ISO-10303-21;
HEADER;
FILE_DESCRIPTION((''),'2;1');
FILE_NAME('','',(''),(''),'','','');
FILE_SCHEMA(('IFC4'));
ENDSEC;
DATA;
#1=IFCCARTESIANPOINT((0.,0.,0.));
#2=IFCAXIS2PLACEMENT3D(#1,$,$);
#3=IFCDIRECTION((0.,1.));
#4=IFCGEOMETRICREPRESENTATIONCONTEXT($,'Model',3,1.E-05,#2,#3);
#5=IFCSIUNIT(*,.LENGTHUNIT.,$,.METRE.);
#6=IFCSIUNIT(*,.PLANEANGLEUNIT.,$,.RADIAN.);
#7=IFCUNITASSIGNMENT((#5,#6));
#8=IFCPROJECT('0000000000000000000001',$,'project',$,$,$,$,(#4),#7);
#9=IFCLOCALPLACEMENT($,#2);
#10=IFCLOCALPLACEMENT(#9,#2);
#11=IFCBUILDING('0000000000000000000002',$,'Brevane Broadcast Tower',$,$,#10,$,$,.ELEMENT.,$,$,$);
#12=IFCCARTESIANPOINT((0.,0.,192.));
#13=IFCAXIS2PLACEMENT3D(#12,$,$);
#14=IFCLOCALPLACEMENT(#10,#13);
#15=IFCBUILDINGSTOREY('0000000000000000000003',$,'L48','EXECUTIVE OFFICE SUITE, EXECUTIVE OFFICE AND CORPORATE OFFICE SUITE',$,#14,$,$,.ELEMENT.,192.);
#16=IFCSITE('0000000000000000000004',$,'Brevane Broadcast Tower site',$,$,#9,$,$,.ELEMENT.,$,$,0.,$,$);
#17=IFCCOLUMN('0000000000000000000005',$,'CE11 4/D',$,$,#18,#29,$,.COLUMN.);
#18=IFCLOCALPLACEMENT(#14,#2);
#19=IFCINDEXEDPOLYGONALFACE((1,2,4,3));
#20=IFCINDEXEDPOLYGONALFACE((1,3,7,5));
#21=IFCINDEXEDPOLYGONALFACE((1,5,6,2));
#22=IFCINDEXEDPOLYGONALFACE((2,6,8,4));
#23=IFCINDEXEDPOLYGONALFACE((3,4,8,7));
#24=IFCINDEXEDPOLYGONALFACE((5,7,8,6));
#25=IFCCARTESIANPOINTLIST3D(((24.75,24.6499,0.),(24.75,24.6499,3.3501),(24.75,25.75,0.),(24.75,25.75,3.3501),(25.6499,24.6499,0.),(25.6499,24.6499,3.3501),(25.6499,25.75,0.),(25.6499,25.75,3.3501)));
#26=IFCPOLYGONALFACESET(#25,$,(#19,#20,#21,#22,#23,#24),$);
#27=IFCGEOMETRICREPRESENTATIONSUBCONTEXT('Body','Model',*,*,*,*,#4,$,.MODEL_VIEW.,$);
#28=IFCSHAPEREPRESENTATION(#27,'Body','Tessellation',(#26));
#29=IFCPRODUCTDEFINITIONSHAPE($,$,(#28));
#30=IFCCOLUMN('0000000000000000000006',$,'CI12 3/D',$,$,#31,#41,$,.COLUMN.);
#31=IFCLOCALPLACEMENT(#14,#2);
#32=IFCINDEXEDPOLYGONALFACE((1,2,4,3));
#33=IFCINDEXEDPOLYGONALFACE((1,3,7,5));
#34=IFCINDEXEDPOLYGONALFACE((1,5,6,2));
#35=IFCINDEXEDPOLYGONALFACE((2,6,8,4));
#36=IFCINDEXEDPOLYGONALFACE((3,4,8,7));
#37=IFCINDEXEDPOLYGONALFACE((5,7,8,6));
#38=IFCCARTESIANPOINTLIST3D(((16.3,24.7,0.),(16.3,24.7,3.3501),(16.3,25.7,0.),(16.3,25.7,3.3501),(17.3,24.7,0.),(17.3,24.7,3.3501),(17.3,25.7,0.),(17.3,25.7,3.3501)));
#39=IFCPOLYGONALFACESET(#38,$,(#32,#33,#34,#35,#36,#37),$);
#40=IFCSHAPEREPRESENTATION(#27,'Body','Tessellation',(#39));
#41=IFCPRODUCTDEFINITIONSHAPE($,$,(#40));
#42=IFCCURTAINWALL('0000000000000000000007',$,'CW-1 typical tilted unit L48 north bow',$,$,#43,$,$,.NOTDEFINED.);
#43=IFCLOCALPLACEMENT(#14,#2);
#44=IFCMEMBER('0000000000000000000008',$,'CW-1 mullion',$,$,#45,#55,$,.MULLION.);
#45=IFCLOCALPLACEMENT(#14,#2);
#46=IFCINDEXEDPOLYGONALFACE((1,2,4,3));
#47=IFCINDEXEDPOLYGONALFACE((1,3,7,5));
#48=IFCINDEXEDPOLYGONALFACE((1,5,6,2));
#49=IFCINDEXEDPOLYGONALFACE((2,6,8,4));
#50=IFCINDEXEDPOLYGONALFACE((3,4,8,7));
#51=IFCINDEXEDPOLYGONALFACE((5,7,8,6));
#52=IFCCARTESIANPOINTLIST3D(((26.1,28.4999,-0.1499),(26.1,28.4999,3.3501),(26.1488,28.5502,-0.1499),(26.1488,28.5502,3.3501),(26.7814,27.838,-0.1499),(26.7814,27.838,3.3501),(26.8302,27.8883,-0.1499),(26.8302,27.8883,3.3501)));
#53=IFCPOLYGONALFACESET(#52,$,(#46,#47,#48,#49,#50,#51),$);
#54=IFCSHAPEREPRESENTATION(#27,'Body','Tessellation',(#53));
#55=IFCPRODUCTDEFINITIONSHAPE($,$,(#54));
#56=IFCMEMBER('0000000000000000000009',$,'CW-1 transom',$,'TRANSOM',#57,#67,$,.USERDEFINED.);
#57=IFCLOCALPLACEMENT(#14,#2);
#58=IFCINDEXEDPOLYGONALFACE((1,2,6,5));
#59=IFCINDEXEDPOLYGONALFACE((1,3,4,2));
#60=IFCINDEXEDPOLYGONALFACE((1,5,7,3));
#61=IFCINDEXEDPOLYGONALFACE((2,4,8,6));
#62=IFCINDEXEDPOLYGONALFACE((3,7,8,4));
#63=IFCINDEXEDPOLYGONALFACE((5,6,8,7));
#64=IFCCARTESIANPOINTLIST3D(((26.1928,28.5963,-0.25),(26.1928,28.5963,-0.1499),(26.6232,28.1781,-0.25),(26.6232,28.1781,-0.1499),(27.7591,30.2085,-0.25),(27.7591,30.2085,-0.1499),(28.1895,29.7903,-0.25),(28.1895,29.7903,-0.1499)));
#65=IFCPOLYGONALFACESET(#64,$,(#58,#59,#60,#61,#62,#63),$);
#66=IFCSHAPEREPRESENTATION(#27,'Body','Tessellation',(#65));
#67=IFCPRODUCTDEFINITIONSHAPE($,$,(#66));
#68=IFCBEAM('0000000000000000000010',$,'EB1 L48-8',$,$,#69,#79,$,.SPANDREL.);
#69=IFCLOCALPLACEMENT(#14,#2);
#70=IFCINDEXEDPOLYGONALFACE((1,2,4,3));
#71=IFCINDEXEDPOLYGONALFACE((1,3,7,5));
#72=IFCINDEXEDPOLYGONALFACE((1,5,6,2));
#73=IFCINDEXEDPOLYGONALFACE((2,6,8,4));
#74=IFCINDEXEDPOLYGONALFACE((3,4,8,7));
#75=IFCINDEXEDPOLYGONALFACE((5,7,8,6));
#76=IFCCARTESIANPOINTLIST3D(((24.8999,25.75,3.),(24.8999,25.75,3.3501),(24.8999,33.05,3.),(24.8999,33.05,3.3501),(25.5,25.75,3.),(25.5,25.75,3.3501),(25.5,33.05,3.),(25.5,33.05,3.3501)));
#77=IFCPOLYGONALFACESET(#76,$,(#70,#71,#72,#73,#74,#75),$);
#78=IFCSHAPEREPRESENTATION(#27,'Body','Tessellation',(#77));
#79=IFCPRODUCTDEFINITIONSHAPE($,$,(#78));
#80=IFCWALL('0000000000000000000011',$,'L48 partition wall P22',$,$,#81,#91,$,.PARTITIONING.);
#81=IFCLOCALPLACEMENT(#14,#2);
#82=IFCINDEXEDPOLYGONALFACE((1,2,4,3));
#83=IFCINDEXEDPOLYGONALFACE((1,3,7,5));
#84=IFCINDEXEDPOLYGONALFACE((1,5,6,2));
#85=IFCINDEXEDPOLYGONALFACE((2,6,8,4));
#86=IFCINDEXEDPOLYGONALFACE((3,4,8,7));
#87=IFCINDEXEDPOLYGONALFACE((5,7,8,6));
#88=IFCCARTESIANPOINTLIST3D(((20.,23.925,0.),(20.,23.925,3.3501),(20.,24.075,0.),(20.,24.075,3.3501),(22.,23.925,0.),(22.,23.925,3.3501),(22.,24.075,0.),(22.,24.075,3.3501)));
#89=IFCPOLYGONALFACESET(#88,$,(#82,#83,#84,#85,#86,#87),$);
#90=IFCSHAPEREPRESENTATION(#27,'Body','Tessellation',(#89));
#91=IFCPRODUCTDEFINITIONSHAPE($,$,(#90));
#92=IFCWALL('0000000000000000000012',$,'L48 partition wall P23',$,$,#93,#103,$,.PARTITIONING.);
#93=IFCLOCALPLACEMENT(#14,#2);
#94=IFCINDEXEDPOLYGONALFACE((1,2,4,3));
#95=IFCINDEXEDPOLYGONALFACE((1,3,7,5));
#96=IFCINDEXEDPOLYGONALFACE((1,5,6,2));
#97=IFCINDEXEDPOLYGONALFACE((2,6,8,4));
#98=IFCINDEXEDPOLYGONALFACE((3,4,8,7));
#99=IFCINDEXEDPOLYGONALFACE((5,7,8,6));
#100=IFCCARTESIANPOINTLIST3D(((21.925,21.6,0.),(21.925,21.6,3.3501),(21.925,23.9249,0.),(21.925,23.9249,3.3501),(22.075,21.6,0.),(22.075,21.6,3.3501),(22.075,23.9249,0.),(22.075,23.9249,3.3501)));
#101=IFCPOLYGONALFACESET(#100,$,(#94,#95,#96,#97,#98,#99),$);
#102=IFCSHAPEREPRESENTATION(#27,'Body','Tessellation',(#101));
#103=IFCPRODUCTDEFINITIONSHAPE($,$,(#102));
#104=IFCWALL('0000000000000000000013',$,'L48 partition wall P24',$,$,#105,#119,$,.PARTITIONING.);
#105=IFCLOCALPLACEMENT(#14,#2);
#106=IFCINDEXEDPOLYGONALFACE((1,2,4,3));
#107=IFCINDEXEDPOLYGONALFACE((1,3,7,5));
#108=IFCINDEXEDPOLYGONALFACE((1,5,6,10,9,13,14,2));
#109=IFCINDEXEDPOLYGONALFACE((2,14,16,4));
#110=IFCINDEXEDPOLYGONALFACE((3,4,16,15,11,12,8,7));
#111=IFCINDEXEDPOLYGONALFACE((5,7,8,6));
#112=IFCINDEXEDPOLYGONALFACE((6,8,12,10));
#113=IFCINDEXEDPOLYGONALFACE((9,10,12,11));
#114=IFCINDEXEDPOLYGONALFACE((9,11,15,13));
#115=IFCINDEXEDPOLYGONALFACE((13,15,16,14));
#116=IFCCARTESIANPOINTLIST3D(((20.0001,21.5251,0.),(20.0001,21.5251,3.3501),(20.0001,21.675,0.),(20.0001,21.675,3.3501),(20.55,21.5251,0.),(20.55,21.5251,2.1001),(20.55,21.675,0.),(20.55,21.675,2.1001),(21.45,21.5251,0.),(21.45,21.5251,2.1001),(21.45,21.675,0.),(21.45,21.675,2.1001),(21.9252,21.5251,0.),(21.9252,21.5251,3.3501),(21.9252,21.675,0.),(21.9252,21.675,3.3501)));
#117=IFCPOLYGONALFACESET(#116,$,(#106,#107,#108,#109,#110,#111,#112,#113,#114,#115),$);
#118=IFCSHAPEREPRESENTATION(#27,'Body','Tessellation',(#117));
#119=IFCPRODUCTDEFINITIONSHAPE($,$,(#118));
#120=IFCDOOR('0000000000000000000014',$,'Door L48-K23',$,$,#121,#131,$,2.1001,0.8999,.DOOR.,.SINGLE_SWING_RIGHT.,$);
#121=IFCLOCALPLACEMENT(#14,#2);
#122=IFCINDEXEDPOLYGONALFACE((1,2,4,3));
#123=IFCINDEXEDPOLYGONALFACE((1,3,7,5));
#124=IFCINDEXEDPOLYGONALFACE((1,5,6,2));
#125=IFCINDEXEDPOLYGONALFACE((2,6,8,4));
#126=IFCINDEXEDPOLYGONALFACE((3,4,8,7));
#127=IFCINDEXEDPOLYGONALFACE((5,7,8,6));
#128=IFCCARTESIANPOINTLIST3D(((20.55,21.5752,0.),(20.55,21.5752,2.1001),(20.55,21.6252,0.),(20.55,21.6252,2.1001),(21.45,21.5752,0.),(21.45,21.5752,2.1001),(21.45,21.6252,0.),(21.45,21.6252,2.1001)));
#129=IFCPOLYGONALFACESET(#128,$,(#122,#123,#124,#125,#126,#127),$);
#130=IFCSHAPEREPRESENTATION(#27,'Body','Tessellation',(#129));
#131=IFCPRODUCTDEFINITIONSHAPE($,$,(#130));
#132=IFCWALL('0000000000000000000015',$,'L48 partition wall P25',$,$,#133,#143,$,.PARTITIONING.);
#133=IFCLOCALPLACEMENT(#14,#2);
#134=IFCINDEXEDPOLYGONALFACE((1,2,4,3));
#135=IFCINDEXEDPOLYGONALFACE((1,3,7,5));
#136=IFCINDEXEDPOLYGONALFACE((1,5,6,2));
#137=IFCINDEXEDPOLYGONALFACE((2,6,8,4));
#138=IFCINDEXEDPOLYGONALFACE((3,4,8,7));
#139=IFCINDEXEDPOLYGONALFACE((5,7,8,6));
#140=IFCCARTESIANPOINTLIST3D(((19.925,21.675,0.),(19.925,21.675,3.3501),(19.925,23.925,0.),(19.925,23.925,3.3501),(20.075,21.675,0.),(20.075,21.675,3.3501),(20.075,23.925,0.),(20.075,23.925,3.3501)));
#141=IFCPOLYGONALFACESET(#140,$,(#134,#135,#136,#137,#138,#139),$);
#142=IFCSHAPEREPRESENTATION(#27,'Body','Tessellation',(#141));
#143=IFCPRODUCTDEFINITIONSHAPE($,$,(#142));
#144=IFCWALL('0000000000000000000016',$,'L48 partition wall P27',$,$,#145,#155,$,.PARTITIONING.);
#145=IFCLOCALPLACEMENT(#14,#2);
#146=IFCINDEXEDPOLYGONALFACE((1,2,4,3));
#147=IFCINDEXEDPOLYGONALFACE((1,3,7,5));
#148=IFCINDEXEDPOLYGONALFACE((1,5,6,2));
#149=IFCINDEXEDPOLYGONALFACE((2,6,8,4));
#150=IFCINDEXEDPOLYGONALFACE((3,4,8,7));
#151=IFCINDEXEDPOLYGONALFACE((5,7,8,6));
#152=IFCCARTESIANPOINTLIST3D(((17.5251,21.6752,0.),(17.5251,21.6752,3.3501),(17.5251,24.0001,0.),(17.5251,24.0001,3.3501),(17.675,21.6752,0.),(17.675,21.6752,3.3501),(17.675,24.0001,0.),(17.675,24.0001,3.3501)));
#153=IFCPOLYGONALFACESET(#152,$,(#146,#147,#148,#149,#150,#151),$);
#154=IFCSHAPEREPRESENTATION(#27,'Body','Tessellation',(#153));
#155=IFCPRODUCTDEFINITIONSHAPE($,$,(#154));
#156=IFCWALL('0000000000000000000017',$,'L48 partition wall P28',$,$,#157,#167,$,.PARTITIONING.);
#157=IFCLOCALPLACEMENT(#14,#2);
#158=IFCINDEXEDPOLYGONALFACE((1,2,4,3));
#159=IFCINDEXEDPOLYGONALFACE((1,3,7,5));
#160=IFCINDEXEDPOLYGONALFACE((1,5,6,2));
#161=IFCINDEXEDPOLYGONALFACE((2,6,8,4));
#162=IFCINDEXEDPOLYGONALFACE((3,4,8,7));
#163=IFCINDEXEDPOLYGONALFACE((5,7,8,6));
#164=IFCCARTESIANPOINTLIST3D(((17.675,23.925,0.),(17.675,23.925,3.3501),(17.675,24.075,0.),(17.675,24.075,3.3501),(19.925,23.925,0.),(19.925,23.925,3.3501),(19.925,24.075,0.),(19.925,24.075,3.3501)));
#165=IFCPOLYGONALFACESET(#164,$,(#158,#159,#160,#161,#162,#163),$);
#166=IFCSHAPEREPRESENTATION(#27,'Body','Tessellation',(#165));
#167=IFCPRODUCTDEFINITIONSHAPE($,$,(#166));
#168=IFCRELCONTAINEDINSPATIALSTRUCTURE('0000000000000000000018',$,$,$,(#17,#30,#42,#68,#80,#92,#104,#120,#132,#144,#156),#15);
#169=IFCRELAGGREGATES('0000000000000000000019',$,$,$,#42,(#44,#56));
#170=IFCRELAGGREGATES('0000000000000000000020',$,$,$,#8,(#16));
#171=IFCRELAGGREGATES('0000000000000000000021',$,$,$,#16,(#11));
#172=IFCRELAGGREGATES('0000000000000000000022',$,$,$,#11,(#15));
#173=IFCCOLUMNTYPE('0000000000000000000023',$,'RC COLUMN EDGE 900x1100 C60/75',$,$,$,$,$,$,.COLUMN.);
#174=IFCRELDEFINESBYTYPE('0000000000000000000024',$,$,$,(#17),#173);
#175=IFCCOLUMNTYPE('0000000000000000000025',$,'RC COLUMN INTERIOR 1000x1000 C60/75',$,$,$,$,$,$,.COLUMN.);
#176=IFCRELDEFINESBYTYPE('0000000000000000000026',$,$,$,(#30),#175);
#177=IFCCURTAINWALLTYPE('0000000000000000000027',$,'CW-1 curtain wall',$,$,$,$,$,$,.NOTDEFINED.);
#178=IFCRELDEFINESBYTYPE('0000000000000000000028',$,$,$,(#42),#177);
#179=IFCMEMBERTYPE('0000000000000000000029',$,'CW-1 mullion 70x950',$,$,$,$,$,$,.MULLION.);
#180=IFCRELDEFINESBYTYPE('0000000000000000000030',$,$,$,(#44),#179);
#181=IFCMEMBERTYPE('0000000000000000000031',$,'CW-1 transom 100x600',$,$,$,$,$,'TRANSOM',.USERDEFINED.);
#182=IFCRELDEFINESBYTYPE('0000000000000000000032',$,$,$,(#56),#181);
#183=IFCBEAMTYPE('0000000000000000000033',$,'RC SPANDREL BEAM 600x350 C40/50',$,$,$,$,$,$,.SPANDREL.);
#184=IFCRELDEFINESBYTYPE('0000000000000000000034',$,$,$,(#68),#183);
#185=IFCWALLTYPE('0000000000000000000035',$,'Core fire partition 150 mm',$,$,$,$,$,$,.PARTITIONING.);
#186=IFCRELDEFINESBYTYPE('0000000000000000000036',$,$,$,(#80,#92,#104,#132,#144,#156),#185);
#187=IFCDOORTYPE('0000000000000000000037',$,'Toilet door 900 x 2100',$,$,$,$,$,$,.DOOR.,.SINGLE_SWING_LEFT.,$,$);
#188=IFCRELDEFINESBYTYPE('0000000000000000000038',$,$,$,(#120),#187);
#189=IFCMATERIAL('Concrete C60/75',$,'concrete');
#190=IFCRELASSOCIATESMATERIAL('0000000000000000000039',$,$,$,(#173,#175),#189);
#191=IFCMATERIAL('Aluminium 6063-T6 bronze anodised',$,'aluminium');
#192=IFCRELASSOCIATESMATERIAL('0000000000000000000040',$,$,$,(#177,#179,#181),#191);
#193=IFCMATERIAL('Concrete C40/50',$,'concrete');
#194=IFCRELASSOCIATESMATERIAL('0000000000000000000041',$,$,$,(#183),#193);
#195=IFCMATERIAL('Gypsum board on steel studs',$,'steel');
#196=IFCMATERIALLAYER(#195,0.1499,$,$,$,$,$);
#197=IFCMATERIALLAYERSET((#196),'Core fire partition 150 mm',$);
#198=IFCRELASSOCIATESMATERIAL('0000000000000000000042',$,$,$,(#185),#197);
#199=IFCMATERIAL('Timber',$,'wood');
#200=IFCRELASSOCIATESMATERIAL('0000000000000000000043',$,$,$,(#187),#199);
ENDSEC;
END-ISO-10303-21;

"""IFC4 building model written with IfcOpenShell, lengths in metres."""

from ifc_helpers import new_model, si_unit, direction, frame, frame_2d, origin, origin_2d, place, context, subcontext, project, spatial, rectangle, extrude, material, layer, layer_set, material_profile, profile_set, type_object, element, fill, aggregate, save


model = new_model("IFC4")

# Units and contexts
model_context = context("Model", 3, precision=1e-05, world=origin(), true_north=direction((0.0, 1.0)))
body_context = subcontext(model_context, "Body", "Model", "MODEL_VIEW")
ifc_project = project(units=[si_unit("LENGTHUNIT", "METRE"), si_unit("PLANEANGLEUNIT", "RADIAN")], contexts=[model_context])

# Site, building, storey
site_placement = place(None, origin())
site = spatial("IfcSite", under=ifc_project, at=site_placement, Name="Brevane Broadcast Tower site", CompositionType="ELEMENT", RefElevation=0.0)
building_placement = place(site_placement, origin())
building = spatial("IfcBuilding", under=site, at=building_placement, Name="Brevane Broadcast Tower", CompositionType="ELEMENT")
storey_placement = place(building_placement, frame((0.0, 0.0, 192.0)))
storey = spatial("IfcBuildingStorey", under=building, at=storey_placement, Name="L48", Description="EXECUTIVE OFFICE SUITE, EXECUTIVE OFFICE AND CORPORATE OFFICE SUITE", CompositionType="ELEMENT", Elevation=192.0)

# Columns
ifc_material_1 = material(Name="Concrete C60/75", Category="concrete")
ifc_material_profile_1 = material_profile(ifc_material_1, rectangle(XDim=0.8999, YDim=1.1001, at=origin_2d()), Name="RC 900x1100")
ifc_profile_set_1 = profile_set([ifc_material_profile_1], Name="Concrete C60/75")
column_type_1 = type_object("IfcColumnType", Name="RC COLUMN EDGE 900x1100 C60/75", PredefinedType="COLUMN", material=ifc_profile_set_1)
column_1_placement = place(storey_placement, frame((25.2, 25.2, 0.0), z_axis=(0.0, 0.0, 1.0), x_axis=(1.0, 0.0, 0.0)))
element("IfcColumn", 1, at=column_1_placement, inside=storey, type_object=column_type_1, Name="CE11 4/D", PredefinedType="COLUMN", context=body_context, shape_type="SweptSolid", body=[
    extrude(rectangle(XDim=0.8999, YDim=1.1001, at=origin_2d()), origin(), (0.0, 0.0, 1.0), 3.3501),
])
ifc_material_profile_2 = material_profile(ifc_material_1, rectangle(XDim=1.0, YDim=1.0, at=origin_2d()), Name="RC 1000x1000")
ifc_profile_set_2 = profile_set([ifc_material_profile_2], Name="Concrete C60/75")
column_type_2 = type_object("IfcColumnType", Name="RC COLUMN INTERIOR 1000x1000 C60/75", PredefinedType="COLUMN", material=ifc_profile_set_2)
column_2_placement = place(storey_placement, frame((16.8, 25.2, 0.0), z_axis=(0.0, 0.0, 1.0), x_axis=(1.0, 0.0, 0.0)))
element("IfcColumn", 2, at=column_2_placement, inside=storey, type_object=column_type_2, Name="CI12 3/D", PredefinedType="COLUMN", context=body_context, shape_type="SweptSolid", body=[
    extrude(rectangle(XDim=1.0, YDim=1.0, at=origin_2d()), origin(), (0.0, 0.0, 1.0), 3.3501),
])

# Curtain wall, members
ifc_material_2 = material(Name="Aluminium 6063-T6 bronze anodised", Category="aluminium")
curtain_wall_type = type_object("IfcCurtainWallType", Name="CW-1 curtain wall", PredefinedType="NOTDEFINED", material=ifc_material_2)
curtain_wall_placement = place(storey_placement, origin())
curtain_wall = element("IfcCurtainWall", 3, at=curtain_wall_placement, inside=storey, type_object=curtain_wall_type, Name="CW-1 typical tilted unit L48 north bow", PredefinedType="NOTDEFINED")
ifc_material_profile_3 = material_profile(ifc_material_2, rectangle(XDim=0.95, YDim=0.0701, at=origin_2d()), Name="RECT 70x950")
ifc_profile_set_3 = profile_set([ifc_material_profile_3], Name="Aluminium 6063-T6 bronze anodised")
member_type_1 = type_object("IfcMemberType", Name="CW-1 mullion 70x950", PredefinedType="MULLION", material=ifc_profile_set_3)
member_1_placement = place(storey_placement, frame((26.4651, 28.1941, -0.1499), z_axis=(0.0, 0.0, 1.0), x_axis=(-0.717254, 0.696812, 0.0)))
member_1 = element("IfcMember", 4, at=member_1_placement, type_object=member_type_1, Name="CW-1 mullion", PredefinedType="MULLION", context=body_context, shape_type="SweptSolid", body=[
    extrude(rectangle(XDim=0.95, YDim=0.0701, at=origin_2d()), origin(), (0.0, 0.0, 1.0), 3.5),
])
ifc_material_profile_4 = material_profile(ifc_material_2, rectangle(XDim=0.6001, YDim=0.1001, at=origin_2d()), Name="RECT 100x600")
ifc_profile_set_4 = profile_set([ifc_material_profile_4], Name="Aluminium 6063-T6 bronze anodised")
member_type_2 = type_object("IfcMemberType", Name="CW-1 transom 100x600", ElementType="TRANSOM", PredefinedType="USERDEFINED", material=ifc_profile_set_4)
member_2_placement = place(storey_placement, frame((26.408, 28.3872, -0.2), z_axis=(0.696824, 0.717242, 0.0), x_axis=(-0.717242, 0.696824, 0.0)))
member_2 = element("IfcMember", 5, at=member_2_placement, type_object=member_type_2, Name="CW-1 transom", ObjectType="TRANSOM", PredefinedType="USERDEFINED", context=body_context, shape_type="SweptSolid", body=[
    extrude(rectangle(XDim=0.6001, YDim=0.1001, at=origin_2d()), origin(), (0.0, 0.0, 1.0), 2.2478),
])
aggregate(curtain_wall, [member_1, member_2])

# Beam
ifc_material_3 = material(Name="Concrete C40/50", Category="concrete")
ifc_material_profile_5 = material_profile(ifc_material_3, rectangle(XDim=0.6001, YDim=0.3501, at=origin_2d()), Name="RC 600x350")
ifc_profile_set_5 = profile_set([ifc_material_profile_5], Name="Concrete C40/50")
beam_type = type_object("IfcBeamType", Name="RC SPANDREL BEAM 600x350 C40/50", PredefinedType="SPANDREL", material=ifc_profile_set_5)
beam_placement = place(storey_placement, frame((25.2, 25.75, 3.175), z_axis=(0.0, 1.0, 0.0), x_axis=(-1.0, 0.0, 0.0)))
element("IfcBeam", 6, at=beam_placement, inside=storey, type_object=beam_type, Name="EB1 L48-8", PredefinedType="SPANDREL", context=body_context, shape_type="SweptSolid", body=[
    extrude(rectangle(XDim=0.6001, YDim=0.3501, at=origin_2d()), origin(), (0.0, 0.0, 1.0), 7.3),
])

# Walls
ifc_material_4 = material(Name="Gypsum board on steel studs", Category="steel")
ifc_layer_1 = layer(ifc_material_4, 0.1499)
ifc_layer_set_1 = layer_set([ifc_layer_1], Name="Core fire partition 150 mm")
wall_type_1 = type_object("IfcWallType", Name="Core fire partition 150 mm", PredefinedType="PARTITIONING", material=ifc_layer_set_1)
wall_1_placement = place(storey_placement, frame((20.0, 24.0, 0.0), z_axis=(0.0, 0.0, 1.0), x_axis=(1.0, 0.0, 0.0)))
element("IfcWall", 7, at=wall_1_placement, inside=storey, type_object=wall_type_1, Name="L48 partition wall P22", PredefinedType="PARTITIONING", context=body_context, shape_type="SweptSolid", body=[
    extrude(rectangle(XDim=2.0, YDim=0.1499, at=frame_2d((1.0, 0.0))), origin(), (0.0, 0.0, 1.0), 3.3501),
])
wall_2_placement = place(storey_placement, frame((22.0, 23.925, 0.0), z_axis=(0.0, 0.0, 1.0), x_axis=(0.0, -1.0, 0.0)))
element("IfcWall", 8, at=wall_2_placement, inside=storey, type_object=wall_type_1, Name="L48 partition wall P23", PredefinedType="PARTITIONING", context=body_context, shape_type="SweptSolid", body=[
    extrude(rectangle(XDim=2.325, YDim=0.1499, at=frame_2d((1.1626, 0.0))), origin(), (0.0, 0.0, 1.0), 3.3501),
])

# Wall, opening, door
wall_3_placement = place(storey_placement, frame((21.925, 21.6001, 0.0), z_axis=(0.0, 0.0, 1.0), x_axis=(-1.0, 0.0, 0.0)))
wall_3 = element("IfcWall", 9, at=wall_3_placement, inside=storey, type_object=wall_type_1, Name="L48 partition wall P24", PredefinedType="PARTITIONING", context=body_context, shape_type="SweptSolid", body=[
    extrude(rectangle(XDim=1.925, YDim=0.1499, at=frame_2d((0.9624, 0.0))), origin(), (0.0, 0.0, 1.0), 3.3501),
])
opening_1_placement = place(wall_3_placement, frame((0.4751, 0.0, 0.0)))
opening_1 = element("IfcOpeningElement", 10, at=opening_1_placement, cuts=wall_3, PredefinedType="OPENING", context=body_context, shape_type="SweptSolid", body=[
    extrude(rectangle(XDim=0.8999, YDim=2.1001, at=frame_2d((0.45, 1.05))), frame((0.0, 0.085, 0.0), z_axis=(0.0, -1.0, 0.0), x_axis=(1.0, 0.0, 0.0)), (0.0, 0.0, 1.0), 0.1699),
])
ifc_material_5 = material(Name="Timber", Category="wood")
door_type_1 = type_object("IfcDoorType", Name="Toilet door 900 x 2100", OperationType="SINGLE_SWING_LEFT", PredefinedType="DOOR", material=ifc_material_5)
door_1_placement = place(opening_1_placement, origin())
door_1 = element("IfcDoor", 11, at=door_1_placement, inside=storey, type_object=door_type_1, Name="Door L48-K23", OperationType="SINGLE_SWING_RIGHT", OverallHeight=2.1001, OverallWidth=0.8999, PredefinedType="DOOR", context=body_context, shape_type="SweptSolid", body=[
    extrude(rectangle(XDim=0.8999, YDim=2.1001, at=frame_2d((0.45, 1.05))), frame((0.0, 0.0249, 0.0), z_axis=(0.0, -1.0, 0.0), x_axis=(1.0, 0.0, 0.0)), (0.0, 0.0, 1.0), 0.05),
])
fill(opening_1, door_1)

# Walls
wall_4_placement = place(storey_placement, frame((20.0, 21.675, 0.0), z_axis=(0.0, 0.0, 1.0), x_axis=(0.0, 1.0, 0.0)))
element("IfcWall", 12, at=wall_4_placement, inside=storey, type_object=wall_type_1, Name="L48 partition wall P25", PredefinedType="PARTITIONING", context=body_context, shape_type="SweptSolid", body=[
    extrude(rectangle(XDim=2.25, YDim=0.1499, at=frame_2d((1.125, 0.0))), origin(), (0.0, 0.0, 1.0), 3.3501),
])
wall_5_placement = place(storey_placement, frame((17.6001, 21.675, 0.0), z_axis=(0.0, 0.0, 1.0), x_axis=(0.0, 1.0, 0.0)))
element("IfcWall", 13, at=wall_5_placement, inside=storey, type_object=wall_type_1, Name="L48 partition wall P27", PredefinedType="PARTITIONING", context=body_context, shape_type="SweptSolid", body=[
    extrude(rectangle(XDim=2.325, YDim=0.1499, at=frame_2d((1.1626, 0.0))), origin(), (0.0, 0.0, 1.0), 3.3501),
])
wall_6_placement = place(storey_placement, frame((17.675, 24.0, 0.0), z_axis=(0.0, 0.0, 1.0), x_axis=(1.0, 0.0, 0.0)))
element("IfcWall", 14, at=wall_6_placement, inside=storey, type_object=wall_type_1, Name="L48 partition wall P28", PredefinedType="PARTITIONING", context=body_context, shape_type="SweptSolid", body=[
    extrude(rectangle(XDim=2.25, YDim=0.1499, at=frame_2d((1.125, 0.0))), origin(), (0.0, 0.0, 1.0), 3.3501),
])

save(model, "model.ifc")
